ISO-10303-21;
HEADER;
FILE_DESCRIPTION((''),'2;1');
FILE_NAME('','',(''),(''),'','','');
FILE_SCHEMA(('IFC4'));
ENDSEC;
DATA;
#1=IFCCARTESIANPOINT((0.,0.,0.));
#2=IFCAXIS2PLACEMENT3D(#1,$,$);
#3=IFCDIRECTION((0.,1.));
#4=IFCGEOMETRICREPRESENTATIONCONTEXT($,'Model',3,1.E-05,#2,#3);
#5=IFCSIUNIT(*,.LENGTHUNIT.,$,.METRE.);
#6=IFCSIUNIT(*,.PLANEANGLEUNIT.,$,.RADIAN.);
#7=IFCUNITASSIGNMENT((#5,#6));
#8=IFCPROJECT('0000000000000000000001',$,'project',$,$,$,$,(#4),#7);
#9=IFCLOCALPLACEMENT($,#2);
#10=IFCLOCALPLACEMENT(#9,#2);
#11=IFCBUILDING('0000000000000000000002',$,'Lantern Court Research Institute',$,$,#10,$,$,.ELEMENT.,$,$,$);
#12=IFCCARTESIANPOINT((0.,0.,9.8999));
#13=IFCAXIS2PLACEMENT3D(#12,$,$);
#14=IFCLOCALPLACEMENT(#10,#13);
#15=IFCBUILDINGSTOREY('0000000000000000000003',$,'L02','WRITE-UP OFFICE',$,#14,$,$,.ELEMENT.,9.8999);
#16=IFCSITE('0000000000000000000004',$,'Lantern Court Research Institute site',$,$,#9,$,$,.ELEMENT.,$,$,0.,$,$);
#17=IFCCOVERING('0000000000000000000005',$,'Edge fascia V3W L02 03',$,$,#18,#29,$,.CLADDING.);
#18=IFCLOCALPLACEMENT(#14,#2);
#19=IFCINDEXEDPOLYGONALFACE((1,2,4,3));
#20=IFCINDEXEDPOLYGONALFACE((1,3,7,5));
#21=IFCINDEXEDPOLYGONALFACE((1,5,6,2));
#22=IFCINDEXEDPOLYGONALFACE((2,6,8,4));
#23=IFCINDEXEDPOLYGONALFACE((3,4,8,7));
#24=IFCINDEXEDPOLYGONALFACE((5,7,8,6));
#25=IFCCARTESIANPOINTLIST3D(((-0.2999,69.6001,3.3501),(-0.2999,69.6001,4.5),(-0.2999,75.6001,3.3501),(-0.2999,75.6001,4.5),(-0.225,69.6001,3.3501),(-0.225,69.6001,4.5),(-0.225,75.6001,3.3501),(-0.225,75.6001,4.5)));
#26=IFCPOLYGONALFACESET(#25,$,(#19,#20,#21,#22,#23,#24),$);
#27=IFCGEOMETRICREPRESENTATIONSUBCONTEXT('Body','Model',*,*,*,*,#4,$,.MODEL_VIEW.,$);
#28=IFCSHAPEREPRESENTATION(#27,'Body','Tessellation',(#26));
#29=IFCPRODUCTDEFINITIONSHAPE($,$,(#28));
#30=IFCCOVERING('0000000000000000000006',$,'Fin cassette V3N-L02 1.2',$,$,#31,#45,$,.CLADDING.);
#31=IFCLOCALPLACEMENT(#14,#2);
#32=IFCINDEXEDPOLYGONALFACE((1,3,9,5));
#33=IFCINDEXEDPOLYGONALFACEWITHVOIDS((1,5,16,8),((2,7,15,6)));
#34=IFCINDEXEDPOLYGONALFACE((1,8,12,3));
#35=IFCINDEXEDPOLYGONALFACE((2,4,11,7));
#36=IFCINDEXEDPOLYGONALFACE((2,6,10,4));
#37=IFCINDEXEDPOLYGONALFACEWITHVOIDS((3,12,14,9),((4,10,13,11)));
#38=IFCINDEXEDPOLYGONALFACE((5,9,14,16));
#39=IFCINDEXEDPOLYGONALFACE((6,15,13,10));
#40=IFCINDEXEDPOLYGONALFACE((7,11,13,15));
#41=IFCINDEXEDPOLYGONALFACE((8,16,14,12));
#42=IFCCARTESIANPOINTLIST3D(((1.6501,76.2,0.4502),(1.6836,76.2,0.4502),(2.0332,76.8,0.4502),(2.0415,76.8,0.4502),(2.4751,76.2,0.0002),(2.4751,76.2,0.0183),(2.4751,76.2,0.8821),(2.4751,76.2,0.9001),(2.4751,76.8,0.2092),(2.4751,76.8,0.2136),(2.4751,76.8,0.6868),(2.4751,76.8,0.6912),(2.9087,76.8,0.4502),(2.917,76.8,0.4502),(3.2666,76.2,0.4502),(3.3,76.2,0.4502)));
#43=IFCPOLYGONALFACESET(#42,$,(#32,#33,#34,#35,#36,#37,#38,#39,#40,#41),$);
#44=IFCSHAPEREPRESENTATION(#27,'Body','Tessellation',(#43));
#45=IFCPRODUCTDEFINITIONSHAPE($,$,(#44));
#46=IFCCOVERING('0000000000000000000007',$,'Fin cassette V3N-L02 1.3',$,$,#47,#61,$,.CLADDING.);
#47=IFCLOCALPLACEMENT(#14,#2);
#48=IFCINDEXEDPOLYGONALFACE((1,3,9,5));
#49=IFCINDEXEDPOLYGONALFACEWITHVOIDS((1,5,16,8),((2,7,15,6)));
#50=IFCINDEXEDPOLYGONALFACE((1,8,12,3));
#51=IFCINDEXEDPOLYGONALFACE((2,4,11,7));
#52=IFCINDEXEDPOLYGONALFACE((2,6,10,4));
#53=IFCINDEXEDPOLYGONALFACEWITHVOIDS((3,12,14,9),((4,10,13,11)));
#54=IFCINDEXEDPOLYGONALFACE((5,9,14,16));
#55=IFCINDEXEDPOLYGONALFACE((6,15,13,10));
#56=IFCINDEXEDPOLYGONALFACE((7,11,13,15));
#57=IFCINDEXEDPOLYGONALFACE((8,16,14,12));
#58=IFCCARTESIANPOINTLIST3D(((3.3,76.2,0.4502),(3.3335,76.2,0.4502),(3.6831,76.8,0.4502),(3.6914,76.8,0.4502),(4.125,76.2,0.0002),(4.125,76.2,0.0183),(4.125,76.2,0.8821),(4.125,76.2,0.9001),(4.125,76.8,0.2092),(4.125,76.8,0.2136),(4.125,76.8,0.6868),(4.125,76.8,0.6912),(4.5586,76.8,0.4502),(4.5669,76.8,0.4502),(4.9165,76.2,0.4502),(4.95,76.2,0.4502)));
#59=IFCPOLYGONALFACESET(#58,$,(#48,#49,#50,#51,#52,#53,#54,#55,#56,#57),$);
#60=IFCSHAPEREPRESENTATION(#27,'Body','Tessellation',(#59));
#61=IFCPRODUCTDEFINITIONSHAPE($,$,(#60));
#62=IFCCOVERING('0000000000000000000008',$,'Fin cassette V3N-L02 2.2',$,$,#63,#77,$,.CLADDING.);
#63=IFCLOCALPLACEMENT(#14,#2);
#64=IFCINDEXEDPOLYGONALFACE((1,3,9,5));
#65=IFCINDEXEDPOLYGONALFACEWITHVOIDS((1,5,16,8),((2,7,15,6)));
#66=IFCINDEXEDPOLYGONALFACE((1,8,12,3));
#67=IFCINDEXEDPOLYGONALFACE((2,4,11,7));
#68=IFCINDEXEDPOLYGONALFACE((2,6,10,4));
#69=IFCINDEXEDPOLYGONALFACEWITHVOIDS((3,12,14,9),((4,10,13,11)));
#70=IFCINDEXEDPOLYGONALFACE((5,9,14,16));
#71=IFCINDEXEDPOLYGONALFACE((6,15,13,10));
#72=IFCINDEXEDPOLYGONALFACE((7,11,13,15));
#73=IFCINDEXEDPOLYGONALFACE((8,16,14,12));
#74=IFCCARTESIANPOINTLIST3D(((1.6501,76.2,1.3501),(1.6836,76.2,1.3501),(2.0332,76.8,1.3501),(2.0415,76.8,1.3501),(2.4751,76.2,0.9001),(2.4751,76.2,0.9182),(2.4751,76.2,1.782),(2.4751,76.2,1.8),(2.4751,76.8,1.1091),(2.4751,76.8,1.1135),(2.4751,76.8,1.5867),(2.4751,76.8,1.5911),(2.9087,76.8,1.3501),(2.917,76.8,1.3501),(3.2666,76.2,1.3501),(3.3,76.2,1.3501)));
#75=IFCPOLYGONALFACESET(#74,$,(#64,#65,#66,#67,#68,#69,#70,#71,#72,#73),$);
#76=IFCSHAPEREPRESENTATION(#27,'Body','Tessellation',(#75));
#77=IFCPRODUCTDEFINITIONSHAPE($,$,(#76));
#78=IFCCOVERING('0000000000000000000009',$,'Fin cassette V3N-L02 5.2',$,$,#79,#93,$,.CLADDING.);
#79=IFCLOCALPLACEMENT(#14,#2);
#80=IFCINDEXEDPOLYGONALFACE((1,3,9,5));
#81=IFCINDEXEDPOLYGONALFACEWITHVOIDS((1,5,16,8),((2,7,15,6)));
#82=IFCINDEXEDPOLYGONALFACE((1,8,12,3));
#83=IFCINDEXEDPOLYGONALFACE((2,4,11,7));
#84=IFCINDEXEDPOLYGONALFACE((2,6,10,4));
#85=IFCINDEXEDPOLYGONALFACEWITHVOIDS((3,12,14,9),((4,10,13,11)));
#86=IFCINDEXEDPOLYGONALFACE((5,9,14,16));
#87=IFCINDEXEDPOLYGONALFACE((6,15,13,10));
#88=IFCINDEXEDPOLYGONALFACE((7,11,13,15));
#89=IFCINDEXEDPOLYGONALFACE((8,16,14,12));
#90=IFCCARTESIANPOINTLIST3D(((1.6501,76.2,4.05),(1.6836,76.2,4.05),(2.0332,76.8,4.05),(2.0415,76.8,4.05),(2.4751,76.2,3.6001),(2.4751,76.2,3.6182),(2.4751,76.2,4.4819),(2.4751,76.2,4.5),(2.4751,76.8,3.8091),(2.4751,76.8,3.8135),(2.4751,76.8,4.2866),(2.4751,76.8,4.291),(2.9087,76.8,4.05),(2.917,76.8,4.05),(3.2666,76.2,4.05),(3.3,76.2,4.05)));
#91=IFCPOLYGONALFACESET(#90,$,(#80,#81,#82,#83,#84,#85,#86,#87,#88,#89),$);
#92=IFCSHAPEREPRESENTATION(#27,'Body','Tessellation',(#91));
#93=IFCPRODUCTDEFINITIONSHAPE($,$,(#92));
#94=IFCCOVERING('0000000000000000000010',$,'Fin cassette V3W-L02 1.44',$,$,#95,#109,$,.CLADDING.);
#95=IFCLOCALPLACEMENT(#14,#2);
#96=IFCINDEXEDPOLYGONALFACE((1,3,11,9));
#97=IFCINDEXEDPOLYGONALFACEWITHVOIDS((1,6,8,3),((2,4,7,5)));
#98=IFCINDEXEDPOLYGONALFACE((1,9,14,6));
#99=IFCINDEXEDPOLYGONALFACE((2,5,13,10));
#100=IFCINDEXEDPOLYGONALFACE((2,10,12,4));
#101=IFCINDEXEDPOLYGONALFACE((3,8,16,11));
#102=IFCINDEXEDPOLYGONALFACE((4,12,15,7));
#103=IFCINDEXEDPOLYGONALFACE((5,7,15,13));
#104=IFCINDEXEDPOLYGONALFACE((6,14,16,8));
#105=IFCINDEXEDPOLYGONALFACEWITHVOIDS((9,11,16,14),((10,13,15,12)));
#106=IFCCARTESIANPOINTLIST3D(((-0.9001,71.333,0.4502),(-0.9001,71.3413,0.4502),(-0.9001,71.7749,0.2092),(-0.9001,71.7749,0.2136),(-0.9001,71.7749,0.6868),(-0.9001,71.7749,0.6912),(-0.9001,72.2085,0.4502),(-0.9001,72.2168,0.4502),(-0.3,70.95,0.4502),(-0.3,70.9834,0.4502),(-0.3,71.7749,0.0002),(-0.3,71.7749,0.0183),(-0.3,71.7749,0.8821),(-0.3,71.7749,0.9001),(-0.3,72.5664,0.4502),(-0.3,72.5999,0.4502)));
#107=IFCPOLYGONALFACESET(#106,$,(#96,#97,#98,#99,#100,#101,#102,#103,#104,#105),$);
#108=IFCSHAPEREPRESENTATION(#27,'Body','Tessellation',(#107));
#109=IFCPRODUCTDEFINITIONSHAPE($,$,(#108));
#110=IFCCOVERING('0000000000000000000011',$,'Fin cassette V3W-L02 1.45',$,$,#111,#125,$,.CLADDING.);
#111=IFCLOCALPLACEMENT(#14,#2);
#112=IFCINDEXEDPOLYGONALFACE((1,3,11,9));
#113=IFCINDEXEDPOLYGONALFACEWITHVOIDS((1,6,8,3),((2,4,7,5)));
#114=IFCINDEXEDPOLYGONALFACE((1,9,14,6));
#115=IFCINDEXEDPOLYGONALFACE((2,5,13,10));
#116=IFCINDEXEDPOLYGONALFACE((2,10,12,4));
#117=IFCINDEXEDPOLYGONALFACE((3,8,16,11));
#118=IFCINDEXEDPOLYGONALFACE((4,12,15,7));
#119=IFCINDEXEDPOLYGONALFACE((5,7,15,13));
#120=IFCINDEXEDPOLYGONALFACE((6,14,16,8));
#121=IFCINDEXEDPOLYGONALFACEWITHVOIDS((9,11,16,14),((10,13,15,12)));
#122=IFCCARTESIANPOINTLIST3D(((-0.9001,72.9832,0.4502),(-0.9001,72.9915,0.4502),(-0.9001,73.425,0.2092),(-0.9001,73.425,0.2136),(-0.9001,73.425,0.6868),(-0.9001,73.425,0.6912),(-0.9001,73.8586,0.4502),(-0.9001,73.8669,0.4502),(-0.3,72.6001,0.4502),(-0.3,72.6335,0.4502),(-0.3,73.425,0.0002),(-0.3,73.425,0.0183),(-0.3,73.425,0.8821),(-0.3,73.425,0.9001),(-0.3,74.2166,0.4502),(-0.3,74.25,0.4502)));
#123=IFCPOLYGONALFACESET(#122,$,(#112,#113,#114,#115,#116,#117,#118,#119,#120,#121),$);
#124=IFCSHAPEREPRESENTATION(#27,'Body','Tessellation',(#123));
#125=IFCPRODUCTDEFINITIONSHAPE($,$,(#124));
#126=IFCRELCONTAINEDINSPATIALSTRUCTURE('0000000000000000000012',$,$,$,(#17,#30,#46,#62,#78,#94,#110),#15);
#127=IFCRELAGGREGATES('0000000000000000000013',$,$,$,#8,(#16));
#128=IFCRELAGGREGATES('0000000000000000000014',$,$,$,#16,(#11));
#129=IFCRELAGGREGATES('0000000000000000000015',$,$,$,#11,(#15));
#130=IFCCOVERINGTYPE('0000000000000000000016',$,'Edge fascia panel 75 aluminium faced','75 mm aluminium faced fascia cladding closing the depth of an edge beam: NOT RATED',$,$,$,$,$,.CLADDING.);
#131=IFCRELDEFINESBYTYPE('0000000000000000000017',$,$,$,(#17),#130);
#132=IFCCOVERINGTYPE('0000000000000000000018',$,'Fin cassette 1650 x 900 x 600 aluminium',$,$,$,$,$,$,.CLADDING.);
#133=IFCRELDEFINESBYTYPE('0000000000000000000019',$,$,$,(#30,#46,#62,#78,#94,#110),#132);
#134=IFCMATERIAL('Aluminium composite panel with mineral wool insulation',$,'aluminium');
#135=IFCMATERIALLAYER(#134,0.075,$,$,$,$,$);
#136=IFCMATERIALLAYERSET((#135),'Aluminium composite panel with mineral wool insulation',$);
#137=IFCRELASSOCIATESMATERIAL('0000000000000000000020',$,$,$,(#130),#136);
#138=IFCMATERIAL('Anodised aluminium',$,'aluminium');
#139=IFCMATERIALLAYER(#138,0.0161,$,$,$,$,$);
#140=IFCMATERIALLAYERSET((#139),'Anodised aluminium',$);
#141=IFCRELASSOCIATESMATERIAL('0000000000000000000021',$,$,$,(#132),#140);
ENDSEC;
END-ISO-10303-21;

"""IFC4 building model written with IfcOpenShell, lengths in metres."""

from ifc_helpers import new_model, entity, si_unit, direction, frame, frame_2d, origin, place, context, subcontext, project, spatial, rectangle, extrude, material, layer, layer_set, type_object, element, save


model = new_model("IFC4")

# Units and contexts
model_context = context("Model", 3, precision=1e-05, world=origin(), true_north=direction((0.0, 1.0)))
body_context = subcontext(model_context, "Body", "Model", "MODEL_VIEW")
ifc_project = project(units=[si_unit("LENGTHUNIT", "METRE"), si_unit("PLANEANGLEUNIT", "RADIAN")], contexts=[model_context])

# Site, building, storey
site_placement = place(None, origin())
site = spatial("IfcSite", under=ifc_project, at=site_placement, Name="Lantern Court Research Institute site", CompositionType="ELEMENT", RefElevation=0.0)
building_placement = place(site_placement, origin())
building = spatial("IfcBuilding", under=site, at=building_placement, Name="Lantern Court Research Institute", CompositionType="ELEMENT")
storey_placement = place(building_placement, frame((0.0, 0.0, 9.8999)))
storey = spatial("IfcBuildingStorey", under=building, at=storey_placement, Name="L02", Description="WRITE-UP OFFICE", CompositionType="ELEMENT", Elevation=9.8999)

# Coverings
ifc_material_1 = material(Name="Aluminium composite panel with mineral wool insulation", Category="aluminium")
ifc_layer_1 = layer(ifc_material_1, 0.075)
ifc_layer_set_1 = layer_set([ifc_layer_1], Name="Aluminium composite panel with mineral wool insulation")
covering_type_1 = type_object("IfcCoveringType", Name="Edge fascia panel 75 aluminium faced", Description="75 mm aluminium faced fascia cladding closing the depth of an edge beam: NOT RATED", PredefinedType="CLADDING", material=ifc_layer_set_1)
for number, where, z_axis, x_axis, name in (
    (1, (-0.2625, 69.6001, 3.3501), (0.0, 0.0, 1.0), (0.0, 1.0, 0.0), "Edge fascia V3W L02 03"),
):
    element("IfcCovering", number, at=place(storey_placement, frame(where, z_axis=z_axis, x_axis=x_axis)), inside=storey, type_object=covering_type_1, Name=name, PredefinedType="CLADDING", context=body_context, shape_type="SweptSolid", body=[
        extrude(rectangle(XDim=6.0, YDim=0.075, at=frame_2d((3.0, 0.0))), origin(), (0.0, 0.0, 1.0), 1.1499),
    ])
ifc_material_2 = material(Name="Anodised aluminium", Category="aluminium")
ifc_layer_2 = layer(ifc_material_2, 0.0161)
ifc_layer_set_2 = layer_set([ifc_layer_2], Name="Anodised aluminium")
covering_type_2 = type_object("IfcCoveringType", Name="Fin cassette 1650 x 900 x 600 aluminium", PredefinedType="CLADDING", material=ifc_layer_set_2)
covering_1_placement = place(storey_placement, frame((2.4751, 76.2, 0.4502), z_axis=(0.0, 1.0, 0.0), x_axis=(-1.0, 0.0, 0.0)))
cartesian_point_1 = entity("IfcCartesianPoint", [0.825, 0.0])
cartesian_point_2 = entity("IfcCartesianPoint", [0.7915, 0.0])
cartesian_point_3 = entity("IfcCartesianPoint", [0.4419, 0.0])
cartesian_point_4 = entity("IfcCartesianPoint", [0.4336, 0.0])
element("IfcCovering", 2, at=covering_1_placement, inside=storey, type_object=covering_type_2, Name="Fin cassette V3N-L02 1.2", PredefinedType="CLADDING", context=body_context, shape_type="SweptSolid", body=[
    entity("IfcExtrudedAreaSolidTapered", entity("IfcArbitraryProfileDefWithVoids", "AREA", None, entity("IfcPolyline", [cartesian_point_1, entity("IfcCartesianPoint", [0.0, 0.45]), entity("IfcCartesianPoint", [-0.825, 0.0]), entity("IfcCartesianPoint", [0.0, -0.45]), cartesian_point_1]), [entity("IfcPolyline", [cartesian_point_2, entity("IfcCartesianPoint", [0.0, 0.4319]), entity("IfcCartesianPoint", [-0.7915, 0.0]), entity("IfcCartesianPoint", [0.0, -0.4319]), cartesian_point_2])]), entity("IfcAxis2Placement3D", entity("IfcCartesianPoint", [0.0, 0.0, 0.0])), entity("IfcDirection", [0.0, 0.0, 1.0]), 0.6001, entity("IfcArbitraryProfileDefWithVoids", "AREA", None, entity("IfcPolyline", [cartesian_point_3, entity("IfcCartesianPoint", [0.0, 0.241]), entity("IfcCartesianPoint", [-0.4419, 0.0]), entity("IfcCartesianPoint", [0.0, -0.241]), cartesian_point_3]), [entity("IfcPolyline", [cartesian_point_4, entity("IfcCartesianPoint", [0.0, 0.2366]), entity("IfcCartesianPoint", [-0.4336, 0.0]), entity("IfcCartesianPoint", [0.0, -0.2366]), cartesian_point_4])])),
])
covering_2_placement = place(storey_placement, frame((4.125, 76.2, 0.4502), z_axis=(0.0, 1.0, 0.0), x_axis=(-1.0, 0.0, 0.0)))
cartesian_point_5 = entity("IfcCartesianPoint", [0.825, 0.0])
cartesian_point_6 = entity("IfcCartesianPoint", [0.7915, 0.0])
cartesian_point_7 = entity("IfcCartesianPoint", [0.4419, 0.0])
cartesian_point_8 = entity("IfcCartesianPoint", [0.4336, 0.0])
element("IfcCovering", 3, at=covering_2_placement, inside=storey, type_object=covering_type_2, Name="Fin cassette V3N-L02 1.3", PredefinedType="CLADDING", context=body_context, shape_type="SweptSolid", body=[
    entity("IfcExtrudedAreaSolidTapered", entity("IfcArbitraryProfileDefWithVoids", "AREA", None, entity("IfcPolyline", [cartesian_point_5, entity("IfcCartesianPoint", [0.0, 0.45]), entity("IfcCartesianPoint", [-0.825, 0.0]), entity("IfcCartesianPoint", [0.0, -0.45]), cartesian_point_5]), [entity("IfcPolyline", [cartesian_point_6, entity("IfcCartesianPoint", [0.0, 0.4319]), entity("IfcCartesianPoint", [-0.7915, 0.0]), entity("IfcCartesianPoint", [0.0, -0.4319]), cartesian_point_6])]), entity("IfcAxis2Placement3D", entity("IfcCartesianPoint", [0.0, 0.0, 0.0])), entity("IfcDirection", [0.0, 0.0, 1.0]), 0.6001, entity("IfcArbitraryProfileDefWithVoids", "AREA", None, entity("IfcPolyline", [cartesian_point_7, entity("IfcCartesianPoint", [0.0, 0.241]), entity("IfcCartesianPoint", [-0.4419, 0.0]), entity("IfcCartesianPoint", [0.0, -0.241]), cartesian_point_7]), [entity("IfcPolyline", [cartesian_point_8, entity("IfcCartesianPoint", [0.0, 0.2366]), entity("IfcCartesianPoint", [-0.4336, 0.0]), entity("IfcCartesianPoint", [0.0, -0.2366]), cartesian_point_8])])),
])
covering_3_placement = place(storey_placement, frame((2.4751, 76.2, 1.3501), z_axis=(0.0, 1.0, 0.0), x_axis=(-1.0, 0.0, 0.0)))
cartesian_point_9 = entity("IfcCartesianPoint", [0.825, 0.0])
cartesian_point_10 = entity("IfcCartesianPoint", [0.7915, 0.0])
cartesian_point_11 = entity("IfcCartesianPoint", [0.4419, 0.0])
cartesian_point_12 = entity("IfcCartesianPoint", [0.4336, 0.0])
element("IfcCovering", 4, at=covering_3_placement, inside=storey, type_object=covering_type_2, Name="Fin cassette V3N-L02 2.2", PredefinedType="CLADDING", context=body_context, shape_type="SweptSolid", body=[
    entity("IfcExtrudedAreaSolidTapered", entity("IfcArbitraryProfileDefWithVoids", "AREA", None, entity("IfcPolyline", [cartesian_point_9, entity("IfcCartesianPoint", [0.0, 0.45]), entity("IfcCartesianPoint", [-0.825, 0.0]), entity("IfcCartesianPoint", [0.0, -0.45]), cartesian_point_9]), [entity("IfcPolyline", [cartesian_point_10, entity("IfcCartesianPoint", [0.0, 0.4319]), entity("IfcCartesianPoint", [-0.7915, 0.0]), entity("IfcCartesianPoint", [0.0, -0.4319]), cartesian_point_10])]), entity("IfcAxis2Placement3D", entity("IfcCartesianPoint", [0.0, 0.0, 0.0])), entity("IfcDirection", [0.0, 0.0, 1.0]), 0.6001, entity("IfcArbitraryProfileDefWithVoids", "AREA", None, entity("IfcPolyline", [cartesian_point_11, entity("IfcCartesianPoint", [0.0, 0.241]), entity("IfcCartesianPoint", [-0.4419, 0.0]), entity("IfcCartesianPoint", [0.0, -0.241]), cartesian_point_11]), [entity("IfcPolyline", [cartesian_point_12, entity("IfcCartesianPoint", [0.0, 0.2366]), entity("IfcCartesianPoint", [-0.4336, 0.0]), entity("IfcCartesianPoint", [0.0, -0.2366]), cartesian_point_12])])),
])
covering_4_placement = place(storey_placement, frame((2.4751, 76.2, 4.05), z_axis=(0.0, 1.0, 0.0), x_axis=(-1.0, 0.0, 0.0)))
cartesian_point_13 = entity("IfcCartesianPoint", [0.825, 0.0])
cartesian_point_14 = entity("IfcCartesianPoint", [0.7915, 0.0])
cartesian_point_15 = entity("IfcCartesianPoint", [0.4419, 0.0])
cartesian_point_16 = entity("IfcCartesianPoint", [0.4336, 0.0])
element("IfcCovering", 5, at=covering_4_placement, inside=storey, type_object=covering_type_2, Name="Fin cassette V3N-L02 5.2", PredefinedType="CLADDING", context=body_context, shape_type="SweptSolid", body=[
    entity("IfcExtrudedAreaSolidTapered", entity("IfcArbitraryProfileDefWithVoids", "AREA", None, entity("IfcPolyline", [cartesian_point_13, entity("IfcCartesianPoint", [0.0, 0.45]), entity("IfcCartesianPoint", [-0.825, 0.0]), entity("IfcCartesianPoint", [0.0, -0.45]), cartesian_point_13]), [entity("IfcPolyline", [cartesian_point_14, entity("IfcCartesianPoint", [0.0, 0.4319]), entity("IfcCartesianPoint", [-0.7915, 0.0]), entity("IfcCartesianPoint", [0.0, -0.4319]), cartesian_point_14])]), entity("IfcAxis2Placement3D", entity("IfcCartesianPoint", [0.0, 0.0, 0.0])), entity("IfcDirection", [0.0, 0.0, 1.0]), 0.6001, entity("IfcArbitraryProfileDefWithVoids", "AREA", None, entity("IfcPolyline", [cartesian_point_15, entity("IfcCartesianPoint", [0.0, 0.241]), entity("IfcCartesianPoint", [-0.4419, 0.0]), entity("IfcCartesianPoint", [0.0, -0.241]), cartesian_point_15]), [entity("IfcPolyline", [cartesian_point_16, entity("IfcCartesianPoint", [0.0, 0.2366]), entity("IfcCartesianPoint", [-0.4336, 0.0]), entity("IfcCartesianPoint", [0.0, -0.2366]), cartesian_point_16])])),
])
covering_5_placement = place(storey_placement, frame((-0.3, 71.7749, 0.4502), z_axis=(-1.0, 0.0, 0.0), x_axis=(0.0, -1.0, 0.0)))
cartesian_point_17 = entity("IfcCartesianPoint", [0.825, 0.0])
cartesian_point_18 = entity("IfcCartesianPoint", [0.7915, 0.0])
cartesian_point_19 = entity("IfcCartesianPoint", [0.4419, 0.0])
cartesian_point_20 = entity("IfcCartesianPoint", [0.4336, 0.0])
element("IfcCovering", 6, at=covering_5_placement, inside=storey, type_object=covering_type_2, Name="Fin cassette V3W-L02 1.44", PredefinedType="CLADDING", context=body_context, shape_type="SweptSolid", body=[
    entity("IfcExtrudedAreaSolidTapered", entity("IfcArbitraryProfileDefWithVoids", "AREA", None, entity("IfcPolyline", [cartesian_point_17, entity("IfcCartesianPoint", [0.0, 0.45]), entity("IfcCartesianPoint", [-0.825, 0.0]), entity("IfcCartesianPoint", [0.0, -0.45]), cartesian_point_17]), [entity("IfcPolyline", [cartesian_point_18, entity("IfcCartesianPoint", [0.0, 0.4319]), entity("IfcCartesianPoint", [-0.7915, 0.0]), entity("IfcCartesianPoint", [0.0, -0.4319]), cartesian_point_18])]), entity("IfcAxis2Placement3D", entity("IfcCartesianPoint", [0.0, 0.0, 0.0])), entity("IfcDirection", [0.0, 0.0, 1.0]), 0.6001, entity("IfcArbitraryProfileDefWithVoids", "AREA", None, entity("IfcPolyline", [cartesian_point_19, entity("IfcCartesianPoint", [0.0, 0.241]), entity("IfcCartesianPoint", [-0.4419, 0.0]), entity("IfcCartesianPoint", [0.0, -0.241]), cartesian_point_19]), [entity("IfcPolyline", [cartesian_point_20, entity("IfcCartesianPoint", [0.0, 0.2366]), entity("IfcCartesianPoint", [-0.4336, 0.0]), entity("IfcCartesianPoint", [0.0, -0.2366]), cartesian_point_20])])),
])
covering_6_placement = place(storey_placement, frame((-0.3, 73.425, 0.4502), z_axis=(-1.0, 0.0, 0.0), x_axis=(0.0, -1.0, 0.0)))
cartesian_point_21 = entity("IfcCartesianPoint", [0.825, 0.0])
cartesian_point_22 = entity("IfcCartesianPoint", [0.7915, 0.0])
cartesian_point_23 = entity("IfcCartesianPoint", [0.4419, 0.0])
cartesian_point_24 = entity("IfcCartesianPoint", [0.4336, 0.0])
element("IfcCovering", 7, at=covering_6_placement, inside=storey, type_object=covering_type_2, Name="Fin cassette V3W-L02 1.45", PredefinedType="CLADDING", context=body_context, shape_type="SweptSolid", body=[
    entity("IfcExtrudedAreaSolidTapered", entity("IfcArbitraryProfileDefWithVoids", "AREA", None, entity("IfcPolyline", [cartesian_point_21, entity("IfcCartesianPoint", [0.0, 0.45]), entity("IfcCartesianPoint", [-0.825, 0.0]), entity("IfcCartesianPoint", [0.0, -0.45]), cartesian_point_21]), [entity("IfcPolyline", [cartesian_point_22, entity("IfcCartesianPoint", [0.0, 0.4319]), entity("IfcCartesianPoint", [-0.7915, 0.0]), entity("IfcCartesianPoint", [0.0, -0.4319]), cartesian_point_22])]), entity("IfcAxis2Placement3D", entity("IfcCartesianPoint", [0.0, 0.0, 0.0])), entity("IfcDirection", [0.0, 0.0, 1.0]), 0.6001, entity("IfcArbitraryProfileDefWithVoids", "AREA", None, entity("IfcPolyline", [cartesian_point_23, entity("IfcCartesianPoint", [0.0, 0.241]), entity("IfcCartesianPoint", [-0.4419, 0.0]), entity("IfcCartesianPoint", [0.0, -0.241]), cartesian_point_23]), [entity("IfcPolyline", [cartesian_point_24, entity("IfcCartesianPoint", [0.0, 0.2366]), entity("IfcCartesianPoint", [-0.4336, 0.0]), entity("IfcCartesianPoint", [0.0, -0.2366]), cartesian_point_24])])),
])

save(model, "model.ifc")
